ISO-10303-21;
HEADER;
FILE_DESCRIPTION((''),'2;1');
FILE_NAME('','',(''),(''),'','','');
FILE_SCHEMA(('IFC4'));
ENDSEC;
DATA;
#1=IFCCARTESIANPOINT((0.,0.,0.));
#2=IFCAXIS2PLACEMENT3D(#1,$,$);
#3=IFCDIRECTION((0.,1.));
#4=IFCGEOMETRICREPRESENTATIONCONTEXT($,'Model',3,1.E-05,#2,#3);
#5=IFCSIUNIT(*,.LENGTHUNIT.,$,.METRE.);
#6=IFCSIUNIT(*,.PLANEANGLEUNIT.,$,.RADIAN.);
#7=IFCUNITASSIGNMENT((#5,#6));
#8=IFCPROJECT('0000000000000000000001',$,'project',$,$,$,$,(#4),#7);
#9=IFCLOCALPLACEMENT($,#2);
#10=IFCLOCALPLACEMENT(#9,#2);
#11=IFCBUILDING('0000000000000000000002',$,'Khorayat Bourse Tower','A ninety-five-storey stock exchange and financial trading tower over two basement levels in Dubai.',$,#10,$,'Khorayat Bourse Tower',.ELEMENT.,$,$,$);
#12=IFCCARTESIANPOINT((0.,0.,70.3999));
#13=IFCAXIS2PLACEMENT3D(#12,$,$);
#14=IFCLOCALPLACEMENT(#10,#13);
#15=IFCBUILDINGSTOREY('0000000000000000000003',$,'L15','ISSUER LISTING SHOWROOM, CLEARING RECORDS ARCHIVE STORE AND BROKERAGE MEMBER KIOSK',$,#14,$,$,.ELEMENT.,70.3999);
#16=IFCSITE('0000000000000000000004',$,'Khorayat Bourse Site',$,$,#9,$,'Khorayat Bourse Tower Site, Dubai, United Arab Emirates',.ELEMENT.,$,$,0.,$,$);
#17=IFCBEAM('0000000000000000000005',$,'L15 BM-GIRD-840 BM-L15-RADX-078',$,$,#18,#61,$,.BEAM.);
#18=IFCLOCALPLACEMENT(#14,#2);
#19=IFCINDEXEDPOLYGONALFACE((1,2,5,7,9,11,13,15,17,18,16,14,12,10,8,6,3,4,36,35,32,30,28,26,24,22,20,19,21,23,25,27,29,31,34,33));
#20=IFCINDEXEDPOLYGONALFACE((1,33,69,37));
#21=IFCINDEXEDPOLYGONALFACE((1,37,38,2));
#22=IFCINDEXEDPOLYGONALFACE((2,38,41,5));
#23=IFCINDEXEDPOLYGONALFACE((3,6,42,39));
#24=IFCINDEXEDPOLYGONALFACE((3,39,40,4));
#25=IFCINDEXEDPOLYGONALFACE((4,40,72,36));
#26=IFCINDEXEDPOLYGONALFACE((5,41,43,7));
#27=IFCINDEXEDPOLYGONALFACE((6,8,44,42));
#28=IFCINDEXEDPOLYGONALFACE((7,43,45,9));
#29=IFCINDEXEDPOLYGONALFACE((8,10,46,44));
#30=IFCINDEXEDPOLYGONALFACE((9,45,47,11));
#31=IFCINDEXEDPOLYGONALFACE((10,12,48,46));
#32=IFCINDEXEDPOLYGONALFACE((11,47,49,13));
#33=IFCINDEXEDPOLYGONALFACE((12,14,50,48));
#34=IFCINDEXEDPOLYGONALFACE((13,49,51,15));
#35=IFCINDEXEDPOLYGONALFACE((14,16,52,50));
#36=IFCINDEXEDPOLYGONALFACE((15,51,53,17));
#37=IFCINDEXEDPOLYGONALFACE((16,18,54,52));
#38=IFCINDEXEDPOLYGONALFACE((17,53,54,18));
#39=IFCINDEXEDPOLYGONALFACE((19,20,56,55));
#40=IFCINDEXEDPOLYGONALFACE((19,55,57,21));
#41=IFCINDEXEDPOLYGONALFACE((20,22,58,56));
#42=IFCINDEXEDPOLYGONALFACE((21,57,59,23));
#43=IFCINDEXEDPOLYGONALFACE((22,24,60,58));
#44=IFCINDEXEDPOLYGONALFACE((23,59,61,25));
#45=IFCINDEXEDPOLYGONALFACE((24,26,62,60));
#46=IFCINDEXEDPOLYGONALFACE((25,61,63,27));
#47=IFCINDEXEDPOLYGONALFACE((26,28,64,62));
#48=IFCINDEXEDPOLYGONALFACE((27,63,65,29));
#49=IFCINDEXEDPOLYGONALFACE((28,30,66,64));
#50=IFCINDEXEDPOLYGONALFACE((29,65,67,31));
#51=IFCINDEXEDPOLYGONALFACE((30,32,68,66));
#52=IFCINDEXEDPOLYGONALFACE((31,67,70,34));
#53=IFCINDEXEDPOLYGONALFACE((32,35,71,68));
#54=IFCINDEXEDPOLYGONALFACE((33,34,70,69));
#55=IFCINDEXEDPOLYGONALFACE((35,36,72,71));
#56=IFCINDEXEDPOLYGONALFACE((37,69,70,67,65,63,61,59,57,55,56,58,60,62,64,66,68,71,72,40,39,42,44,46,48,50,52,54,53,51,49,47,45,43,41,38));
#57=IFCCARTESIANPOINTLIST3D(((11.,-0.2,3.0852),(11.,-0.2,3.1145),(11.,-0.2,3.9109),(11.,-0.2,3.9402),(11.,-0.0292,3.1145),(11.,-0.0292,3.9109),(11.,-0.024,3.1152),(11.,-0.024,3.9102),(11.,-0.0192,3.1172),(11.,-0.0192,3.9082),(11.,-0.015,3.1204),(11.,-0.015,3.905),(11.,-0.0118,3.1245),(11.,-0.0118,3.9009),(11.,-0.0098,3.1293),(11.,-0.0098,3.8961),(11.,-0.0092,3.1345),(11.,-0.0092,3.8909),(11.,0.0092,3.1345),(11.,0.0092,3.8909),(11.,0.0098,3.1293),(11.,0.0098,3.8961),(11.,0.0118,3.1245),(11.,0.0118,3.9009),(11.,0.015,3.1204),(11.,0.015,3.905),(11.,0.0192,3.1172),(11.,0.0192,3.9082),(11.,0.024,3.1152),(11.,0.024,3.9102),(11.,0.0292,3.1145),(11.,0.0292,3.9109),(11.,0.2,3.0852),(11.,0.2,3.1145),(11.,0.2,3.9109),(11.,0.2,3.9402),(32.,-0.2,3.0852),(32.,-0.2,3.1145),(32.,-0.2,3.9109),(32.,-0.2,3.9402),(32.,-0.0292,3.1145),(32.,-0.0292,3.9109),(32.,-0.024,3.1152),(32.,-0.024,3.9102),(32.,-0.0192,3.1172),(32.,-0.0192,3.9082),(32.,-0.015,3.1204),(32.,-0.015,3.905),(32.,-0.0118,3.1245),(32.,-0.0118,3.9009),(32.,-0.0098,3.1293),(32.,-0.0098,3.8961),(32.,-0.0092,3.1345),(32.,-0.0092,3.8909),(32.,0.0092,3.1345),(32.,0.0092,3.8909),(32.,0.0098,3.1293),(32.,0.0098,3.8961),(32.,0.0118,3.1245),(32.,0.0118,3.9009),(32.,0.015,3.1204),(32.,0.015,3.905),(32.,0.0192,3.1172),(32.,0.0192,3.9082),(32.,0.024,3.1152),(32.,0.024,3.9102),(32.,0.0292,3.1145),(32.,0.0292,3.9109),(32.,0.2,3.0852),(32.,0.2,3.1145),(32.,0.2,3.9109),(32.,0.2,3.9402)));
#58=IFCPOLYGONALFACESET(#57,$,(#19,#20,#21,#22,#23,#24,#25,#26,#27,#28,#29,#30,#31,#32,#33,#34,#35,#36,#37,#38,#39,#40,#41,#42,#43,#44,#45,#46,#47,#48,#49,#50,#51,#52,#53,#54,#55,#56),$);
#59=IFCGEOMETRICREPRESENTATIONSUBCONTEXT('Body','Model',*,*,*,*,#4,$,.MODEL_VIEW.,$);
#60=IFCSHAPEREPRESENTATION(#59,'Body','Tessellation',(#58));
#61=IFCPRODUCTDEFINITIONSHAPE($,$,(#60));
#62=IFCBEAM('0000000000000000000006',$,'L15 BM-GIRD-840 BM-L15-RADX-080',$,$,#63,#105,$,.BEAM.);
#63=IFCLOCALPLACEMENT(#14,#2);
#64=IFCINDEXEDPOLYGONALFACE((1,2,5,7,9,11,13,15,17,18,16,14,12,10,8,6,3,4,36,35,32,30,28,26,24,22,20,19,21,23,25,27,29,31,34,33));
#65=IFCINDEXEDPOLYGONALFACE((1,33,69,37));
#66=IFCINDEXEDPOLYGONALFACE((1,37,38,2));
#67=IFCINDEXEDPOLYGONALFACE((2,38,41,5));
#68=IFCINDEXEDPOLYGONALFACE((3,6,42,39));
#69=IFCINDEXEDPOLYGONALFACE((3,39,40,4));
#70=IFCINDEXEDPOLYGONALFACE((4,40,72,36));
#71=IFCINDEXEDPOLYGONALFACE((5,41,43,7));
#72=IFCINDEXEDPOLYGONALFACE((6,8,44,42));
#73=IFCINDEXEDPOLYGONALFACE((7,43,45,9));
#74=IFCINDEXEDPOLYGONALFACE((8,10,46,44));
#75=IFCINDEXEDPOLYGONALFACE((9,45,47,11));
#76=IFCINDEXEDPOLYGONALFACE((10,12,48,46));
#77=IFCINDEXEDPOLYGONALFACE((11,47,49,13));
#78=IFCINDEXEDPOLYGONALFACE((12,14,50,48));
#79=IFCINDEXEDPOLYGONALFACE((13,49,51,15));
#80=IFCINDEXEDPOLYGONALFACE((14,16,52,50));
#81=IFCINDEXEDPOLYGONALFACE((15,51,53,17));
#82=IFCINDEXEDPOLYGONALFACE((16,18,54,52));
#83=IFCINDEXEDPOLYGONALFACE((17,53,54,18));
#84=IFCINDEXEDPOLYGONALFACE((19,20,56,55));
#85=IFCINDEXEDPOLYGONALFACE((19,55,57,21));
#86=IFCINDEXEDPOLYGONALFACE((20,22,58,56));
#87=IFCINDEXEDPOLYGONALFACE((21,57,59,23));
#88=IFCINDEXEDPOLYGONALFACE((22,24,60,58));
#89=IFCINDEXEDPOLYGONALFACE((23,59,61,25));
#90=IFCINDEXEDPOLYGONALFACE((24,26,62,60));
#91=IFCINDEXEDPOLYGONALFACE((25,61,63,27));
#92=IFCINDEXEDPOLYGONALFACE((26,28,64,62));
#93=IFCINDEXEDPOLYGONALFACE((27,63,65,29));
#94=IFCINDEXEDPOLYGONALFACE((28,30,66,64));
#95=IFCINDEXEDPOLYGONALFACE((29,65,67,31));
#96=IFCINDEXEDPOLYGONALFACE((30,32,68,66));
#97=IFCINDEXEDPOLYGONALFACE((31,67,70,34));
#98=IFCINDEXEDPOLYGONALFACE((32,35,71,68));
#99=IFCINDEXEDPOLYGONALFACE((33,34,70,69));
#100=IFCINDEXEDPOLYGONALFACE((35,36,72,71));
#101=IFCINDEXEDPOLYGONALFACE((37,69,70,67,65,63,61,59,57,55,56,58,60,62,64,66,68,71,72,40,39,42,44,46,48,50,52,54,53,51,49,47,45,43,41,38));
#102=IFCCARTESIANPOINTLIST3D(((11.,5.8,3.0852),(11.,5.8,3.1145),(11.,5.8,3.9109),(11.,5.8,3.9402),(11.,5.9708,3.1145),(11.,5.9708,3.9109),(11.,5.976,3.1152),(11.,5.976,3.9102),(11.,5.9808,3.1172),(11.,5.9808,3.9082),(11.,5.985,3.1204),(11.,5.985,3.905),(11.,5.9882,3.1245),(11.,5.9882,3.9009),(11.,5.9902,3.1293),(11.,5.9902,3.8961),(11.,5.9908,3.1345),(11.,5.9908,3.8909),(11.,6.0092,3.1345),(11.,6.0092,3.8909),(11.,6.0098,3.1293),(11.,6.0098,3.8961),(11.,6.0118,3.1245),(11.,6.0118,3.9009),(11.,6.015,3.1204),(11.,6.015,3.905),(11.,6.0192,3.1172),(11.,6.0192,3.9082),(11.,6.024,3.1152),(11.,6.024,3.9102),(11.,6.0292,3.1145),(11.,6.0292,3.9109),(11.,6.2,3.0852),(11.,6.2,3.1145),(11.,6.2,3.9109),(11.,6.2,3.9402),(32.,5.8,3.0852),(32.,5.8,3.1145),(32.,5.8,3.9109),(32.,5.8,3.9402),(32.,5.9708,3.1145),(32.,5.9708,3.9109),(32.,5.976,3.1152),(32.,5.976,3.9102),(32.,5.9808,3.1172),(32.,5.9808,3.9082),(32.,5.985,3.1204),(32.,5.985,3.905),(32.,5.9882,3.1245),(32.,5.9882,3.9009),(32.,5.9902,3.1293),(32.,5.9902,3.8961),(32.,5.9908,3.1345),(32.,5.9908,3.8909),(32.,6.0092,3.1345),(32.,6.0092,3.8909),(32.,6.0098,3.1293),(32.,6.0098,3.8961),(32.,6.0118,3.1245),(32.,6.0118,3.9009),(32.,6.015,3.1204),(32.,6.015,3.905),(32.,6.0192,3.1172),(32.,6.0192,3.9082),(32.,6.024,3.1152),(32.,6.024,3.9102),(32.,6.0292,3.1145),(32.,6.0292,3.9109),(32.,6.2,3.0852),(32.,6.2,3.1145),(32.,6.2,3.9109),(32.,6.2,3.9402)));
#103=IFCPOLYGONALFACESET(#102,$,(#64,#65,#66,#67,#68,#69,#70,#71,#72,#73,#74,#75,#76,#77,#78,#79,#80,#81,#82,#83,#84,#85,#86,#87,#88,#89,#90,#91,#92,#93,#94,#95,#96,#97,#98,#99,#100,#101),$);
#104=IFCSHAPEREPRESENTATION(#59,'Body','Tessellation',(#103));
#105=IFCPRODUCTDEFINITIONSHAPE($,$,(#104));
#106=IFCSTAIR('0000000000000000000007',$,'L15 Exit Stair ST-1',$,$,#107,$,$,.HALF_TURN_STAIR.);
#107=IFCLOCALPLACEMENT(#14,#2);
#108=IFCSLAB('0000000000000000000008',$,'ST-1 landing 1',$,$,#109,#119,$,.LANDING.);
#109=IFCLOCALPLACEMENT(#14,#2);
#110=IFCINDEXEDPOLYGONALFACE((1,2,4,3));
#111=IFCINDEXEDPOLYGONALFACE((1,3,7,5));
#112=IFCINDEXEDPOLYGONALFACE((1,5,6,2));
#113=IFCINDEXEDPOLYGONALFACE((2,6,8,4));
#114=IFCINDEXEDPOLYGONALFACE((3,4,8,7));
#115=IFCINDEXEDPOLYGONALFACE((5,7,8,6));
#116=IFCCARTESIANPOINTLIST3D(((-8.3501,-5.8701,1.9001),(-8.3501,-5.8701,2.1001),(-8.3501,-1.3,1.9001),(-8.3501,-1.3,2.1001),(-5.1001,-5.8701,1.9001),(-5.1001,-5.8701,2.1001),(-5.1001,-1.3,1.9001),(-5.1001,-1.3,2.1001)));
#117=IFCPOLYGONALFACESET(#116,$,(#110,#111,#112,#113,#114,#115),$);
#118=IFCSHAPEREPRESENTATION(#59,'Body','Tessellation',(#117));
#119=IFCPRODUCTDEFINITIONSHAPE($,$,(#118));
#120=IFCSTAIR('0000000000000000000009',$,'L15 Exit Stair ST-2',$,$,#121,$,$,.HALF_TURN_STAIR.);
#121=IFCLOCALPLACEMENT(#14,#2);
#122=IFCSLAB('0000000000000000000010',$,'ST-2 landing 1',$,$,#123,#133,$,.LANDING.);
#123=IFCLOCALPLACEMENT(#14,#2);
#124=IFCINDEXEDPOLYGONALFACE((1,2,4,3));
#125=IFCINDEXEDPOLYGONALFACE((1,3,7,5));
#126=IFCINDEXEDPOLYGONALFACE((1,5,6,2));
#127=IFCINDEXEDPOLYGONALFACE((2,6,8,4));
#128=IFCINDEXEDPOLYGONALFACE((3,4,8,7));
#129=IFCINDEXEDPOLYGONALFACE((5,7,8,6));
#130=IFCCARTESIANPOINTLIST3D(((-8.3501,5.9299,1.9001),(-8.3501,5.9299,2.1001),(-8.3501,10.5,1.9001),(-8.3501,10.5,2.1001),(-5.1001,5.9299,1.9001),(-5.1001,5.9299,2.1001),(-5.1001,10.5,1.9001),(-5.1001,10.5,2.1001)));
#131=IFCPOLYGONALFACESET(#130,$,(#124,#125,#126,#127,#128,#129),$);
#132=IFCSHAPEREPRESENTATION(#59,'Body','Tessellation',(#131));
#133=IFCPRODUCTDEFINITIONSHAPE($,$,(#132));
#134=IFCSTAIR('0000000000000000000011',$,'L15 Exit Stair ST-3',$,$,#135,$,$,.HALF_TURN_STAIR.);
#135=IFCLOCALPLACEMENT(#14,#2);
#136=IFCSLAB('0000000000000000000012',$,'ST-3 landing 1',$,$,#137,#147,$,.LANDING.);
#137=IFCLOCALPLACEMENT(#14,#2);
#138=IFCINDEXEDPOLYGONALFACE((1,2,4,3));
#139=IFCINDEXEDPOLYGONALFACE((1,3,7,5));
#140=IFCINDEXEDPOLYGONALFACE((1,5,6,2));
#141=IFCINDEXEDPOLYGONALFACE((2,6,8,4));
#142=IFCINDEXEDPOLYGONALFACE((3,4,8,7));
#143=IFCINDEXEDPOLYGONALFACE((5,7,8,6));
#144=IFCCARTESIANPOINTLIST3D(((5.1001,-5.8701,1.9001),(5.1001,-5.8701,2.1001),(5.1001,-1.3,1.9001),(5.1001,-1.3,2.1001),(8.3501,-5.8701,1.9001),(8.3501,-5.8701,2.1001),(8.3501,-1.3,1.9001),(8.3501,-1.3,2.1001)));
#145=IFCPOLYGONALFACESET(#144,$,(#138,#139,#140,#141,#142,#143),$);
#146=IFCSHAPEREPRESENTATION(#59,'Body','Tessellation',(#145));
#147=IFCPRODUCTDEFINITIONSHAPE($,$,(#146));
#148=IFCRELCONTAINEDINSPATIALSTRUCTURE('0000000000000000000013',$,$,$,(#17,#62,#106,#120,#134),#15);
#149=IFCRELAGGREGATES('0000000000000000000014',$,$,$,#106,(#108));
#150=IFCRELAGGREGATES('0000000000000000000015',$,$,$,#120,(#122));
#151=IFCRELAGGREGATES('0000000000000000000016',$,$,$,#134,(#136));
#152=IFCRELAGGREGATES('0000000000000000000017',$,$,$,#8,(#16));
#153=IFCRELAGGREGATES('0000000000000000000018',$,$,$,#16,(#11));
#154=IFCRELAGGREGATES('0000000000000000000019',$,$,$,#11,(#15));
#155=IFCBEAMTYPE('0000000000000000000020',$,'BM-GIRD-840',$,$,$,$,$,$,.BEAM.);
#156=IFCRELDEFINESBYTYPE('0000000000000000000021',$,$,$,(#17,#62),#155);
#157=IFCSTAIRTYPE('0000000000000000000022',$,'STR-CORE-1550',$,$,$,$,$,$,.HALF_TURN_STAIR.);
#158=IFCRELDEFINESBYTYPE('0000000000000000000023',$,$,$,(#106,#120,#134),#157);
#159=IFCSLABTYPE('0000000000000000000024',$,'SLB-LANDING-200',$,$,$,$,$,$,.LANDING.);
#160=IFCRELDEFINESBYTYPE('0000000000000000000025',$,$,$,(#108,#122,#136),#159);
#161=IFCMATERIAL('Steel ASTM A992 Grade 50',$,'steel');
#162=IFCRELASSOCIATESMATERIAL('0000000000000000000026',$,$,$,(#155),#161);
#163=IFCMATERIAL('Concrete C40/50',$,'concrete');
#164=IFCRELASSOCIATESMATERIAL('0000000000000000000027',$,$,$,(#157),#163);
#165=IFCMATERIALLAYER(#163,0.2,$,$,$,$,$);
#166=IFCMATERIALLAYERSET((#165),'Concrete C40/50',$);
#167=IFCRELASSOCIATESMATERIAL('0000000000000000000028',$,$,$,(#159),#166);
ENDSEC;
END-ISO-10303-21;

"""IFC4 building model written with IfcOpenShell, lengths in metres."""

from ifc_helpers import new_model, si_unit, direction, frame, origin, origin_2d, place, context, subcontext, project, spatial, polyline, i_section, outline, extrude, source, transform, mapped, material, layer, layer_set, material_profile, profile_set, type_object, element, aggregate, save


model = new_model("IFC4")

# Units and contexts
model_context = context("Model", 3, precision=1e-05, world=origin(), true_north=direction((0.0, 1.0)))
body_context = subcontext(model_context, "Body", "Model", "MODEL_VIEW")
ifc_project = project(units=[si_unit("LENGTHUNIT", "METRE"), si_unit("PLANEANGLEUNIT", "RADIAN")], contexts=[model_context])

# Site, building, storey
site_placement = place(None, origin())
site = spatial("IfcSite", under=ifc_project, at=site_placement, Name="Khorayat Bourse Site", LongName="Khorayat Bourse Tower Site, Dubai, United Arab Emirates", CompositionType="ELEMENT", RefElevation=0.0)
building_placement = place(site_placement, origin())
building = spatial("IfcBuilding", under=site, at=building_placement, Name="Khorayat Bourse Tower", Description="A ninety-five-storey stock exchange and financial trading tower over two basement levels in Dubai.", LongName="Khorayat Bourse Tower", CompositionType="ELEMENT")
storey_placement = place(building_placement, frame((0.0, 0.0, 70.3999)))
storey = spatial("IfcBuildingStorey", under=building, at=storey_placement, Name="L15", Description="ISSUER LISTING SHOWROOM, CLEARING RECORDS ARCHIVE STORE AND BROKERAGE MEMBER KIOSK", CompositionType="ELEMENT", Elevation=70.3999)

# Beams
ifc_material_1 = material(Name="Steel ASTM A992 Grade 50", Category="steel")
ifc_material_profile_1 = material_profile(ifc_material_1, i_section(OverallWidth=0.3999, OverallDepth=0.855, WebThickness=0.0183, FlangeThickness=0.0293, FilletRadius=0.02, at=origin_2d()), Name="W840X299")
ifc_profile_set_1 = profile_set([ifc_material_profile_1], Name="Steel ASTM A992 Grade 50")
beam_type_1 = type_object("IfcBeamType", Name="BM-GIRD-840", PredefinedType="BEAM", material=ifc_profile_set_1)
shared_shape_1 = source(origin(), body_context, "Body", "SweptSolid", [
    extrude(i_section(OverallWidth=0.3999, OverallDepth=0.855, WebThickness=0.0183, FlangeThickness=0.0293, FilletRadius=0.02, at=origin_2d()), origin(), (0.0, 0.0, 1.0), 21.0),
])
for number, where, z_axis, x_axis, name in (
    (1, (11.0, 0.0, 3.5127), (1.0, 0.0, 0.0), (0.0, 1.0, 0.0), "L15 BM-GIRD-840 BM-L15-RADX-078"),
    (2, (11.0, 6.0, 3.5127), (1.0, 0.0, 0.0), (0.0, 1.0, 0.0), "L15 BM-GIRD-840 BM-L15-RADX-080"),
):
    element("IfcBeam", number, at=place(storey_placement, frame(where, z_axis=z_axis, x_axis=x_axis)), inside=storey, type_object=beam_type_1, Name=name, PredefinedType="BEAM", context=body_context, shape_type="MappedRepresentation", body=[
        mapped(shared_shape_1, transform((0.0, 0.0, 0.0), scale=1.0)),
    ])

# Stairs, slabs
ifc_material_2 = material(Name="Concrete C40/50", Category="concrete")
stair_type = type_object("IfcStairType", Name="STR-CORE-1550", PredefinedType="HALF_TURN_STAIR", material=ifc_material_2)
stair_1_placement = place(storey_placement, origin())
stair_1 = element("IfcStair", 3, at=stair_1_placement, inside=storey, type_object=stair_type, Name="L15 Exit Stair ST-1", PredefinedType="HALF_TURN_STAIR")
ifc_layer_1 = layer(ifc_material_2, 0.2)
ifc_layer_set_1 = layer_set([ifc_layer_1], Name="Concrete C40/50")
slab_type_1 = type_object("IfcSlabType", Name="SLB-LANDING-200", PredefinedType="LANDING", material=ifc_layer_set_1)
slab_1_placement = place(storey_placement, frame((0.0, 0.0, 1.9001)))
slab_1 = element("IfcSlab", 4, at=slab_1_placement, type_object=slab_type_1, Name="ST-1 landing 1", PredefinedType="LANDING", context=body_context, shape_type="SweptSolid", body=[
    extrude(outline(polyline([(-5.1001, -5.8701), (-5.1001, -1.3), (-8.3501, -1.3), (-8.3501, -5.8701), (-5.1001, -5.8701)])), origin(), (0.0, 0.0, 1.0), 0.2),
])
aggregate(stair_1, [slab_1])
stair_2_placement = place(storey_placement, origin())
stair_2 = element("IfcStair", 5, at=stair_2_placement, inside=storey, type_object=stair_type, Name="L15 Exit Stair ST-2", PredefinedType="HALF_TURN_STAIR")
slab_2_placement = place(storey_placement, frame((0.0, 0.0, 1.9001)))
slab_2 = element("IfcSlab", 6, at=slab_2_placement, type_object=slab_type_1, Name="ST-2 landing 1", PredefinedType="LANDING", context=body_context, shape_type="SweptSolid", body=[
    extrude(outline(polyline([(-5.1001, 5.9299), (-5.1001, 10.5), (-8.3501, 10.5), (-8.3501, 5.9299), (-5.1001, 5.9299)])), origin(), (0.0, 0.0, 1.0), 0.2),
])
aggregate(stair_2, [slab_2])
stair_3_placement = place(storey_placement, origin())
stair_3 = element("IfcStair", 7, at=stair_3_placement, inside=storey, type_object=stair_type, Name="L15 Exit Stair ST-3", PredefinedType="HALF_TURN_STAIR")
slab_3_placement = place(storey_placement, frame((0.0, 0.0, 1.9001)))
slab_3 = element("IfcSlab", 8, at=slab_3_placement, type_object=slab_type_1, Name="ST-3 landing 1", PredefinedType="LANDING", context=body_context, shape_type="SweptSolid", body=[
    extrude(outline(polyline([(8.3501, -5.8701), (8.3501, -1.3), (5.1001, -1.3), (5.1001, -5.8701), (8.3501, -5.8701)])), origin(), (0.0, 0.0, 1.0), 0.2),
])
aggregate(stair_3, [slab_3])

save(model, "model.ifc")
